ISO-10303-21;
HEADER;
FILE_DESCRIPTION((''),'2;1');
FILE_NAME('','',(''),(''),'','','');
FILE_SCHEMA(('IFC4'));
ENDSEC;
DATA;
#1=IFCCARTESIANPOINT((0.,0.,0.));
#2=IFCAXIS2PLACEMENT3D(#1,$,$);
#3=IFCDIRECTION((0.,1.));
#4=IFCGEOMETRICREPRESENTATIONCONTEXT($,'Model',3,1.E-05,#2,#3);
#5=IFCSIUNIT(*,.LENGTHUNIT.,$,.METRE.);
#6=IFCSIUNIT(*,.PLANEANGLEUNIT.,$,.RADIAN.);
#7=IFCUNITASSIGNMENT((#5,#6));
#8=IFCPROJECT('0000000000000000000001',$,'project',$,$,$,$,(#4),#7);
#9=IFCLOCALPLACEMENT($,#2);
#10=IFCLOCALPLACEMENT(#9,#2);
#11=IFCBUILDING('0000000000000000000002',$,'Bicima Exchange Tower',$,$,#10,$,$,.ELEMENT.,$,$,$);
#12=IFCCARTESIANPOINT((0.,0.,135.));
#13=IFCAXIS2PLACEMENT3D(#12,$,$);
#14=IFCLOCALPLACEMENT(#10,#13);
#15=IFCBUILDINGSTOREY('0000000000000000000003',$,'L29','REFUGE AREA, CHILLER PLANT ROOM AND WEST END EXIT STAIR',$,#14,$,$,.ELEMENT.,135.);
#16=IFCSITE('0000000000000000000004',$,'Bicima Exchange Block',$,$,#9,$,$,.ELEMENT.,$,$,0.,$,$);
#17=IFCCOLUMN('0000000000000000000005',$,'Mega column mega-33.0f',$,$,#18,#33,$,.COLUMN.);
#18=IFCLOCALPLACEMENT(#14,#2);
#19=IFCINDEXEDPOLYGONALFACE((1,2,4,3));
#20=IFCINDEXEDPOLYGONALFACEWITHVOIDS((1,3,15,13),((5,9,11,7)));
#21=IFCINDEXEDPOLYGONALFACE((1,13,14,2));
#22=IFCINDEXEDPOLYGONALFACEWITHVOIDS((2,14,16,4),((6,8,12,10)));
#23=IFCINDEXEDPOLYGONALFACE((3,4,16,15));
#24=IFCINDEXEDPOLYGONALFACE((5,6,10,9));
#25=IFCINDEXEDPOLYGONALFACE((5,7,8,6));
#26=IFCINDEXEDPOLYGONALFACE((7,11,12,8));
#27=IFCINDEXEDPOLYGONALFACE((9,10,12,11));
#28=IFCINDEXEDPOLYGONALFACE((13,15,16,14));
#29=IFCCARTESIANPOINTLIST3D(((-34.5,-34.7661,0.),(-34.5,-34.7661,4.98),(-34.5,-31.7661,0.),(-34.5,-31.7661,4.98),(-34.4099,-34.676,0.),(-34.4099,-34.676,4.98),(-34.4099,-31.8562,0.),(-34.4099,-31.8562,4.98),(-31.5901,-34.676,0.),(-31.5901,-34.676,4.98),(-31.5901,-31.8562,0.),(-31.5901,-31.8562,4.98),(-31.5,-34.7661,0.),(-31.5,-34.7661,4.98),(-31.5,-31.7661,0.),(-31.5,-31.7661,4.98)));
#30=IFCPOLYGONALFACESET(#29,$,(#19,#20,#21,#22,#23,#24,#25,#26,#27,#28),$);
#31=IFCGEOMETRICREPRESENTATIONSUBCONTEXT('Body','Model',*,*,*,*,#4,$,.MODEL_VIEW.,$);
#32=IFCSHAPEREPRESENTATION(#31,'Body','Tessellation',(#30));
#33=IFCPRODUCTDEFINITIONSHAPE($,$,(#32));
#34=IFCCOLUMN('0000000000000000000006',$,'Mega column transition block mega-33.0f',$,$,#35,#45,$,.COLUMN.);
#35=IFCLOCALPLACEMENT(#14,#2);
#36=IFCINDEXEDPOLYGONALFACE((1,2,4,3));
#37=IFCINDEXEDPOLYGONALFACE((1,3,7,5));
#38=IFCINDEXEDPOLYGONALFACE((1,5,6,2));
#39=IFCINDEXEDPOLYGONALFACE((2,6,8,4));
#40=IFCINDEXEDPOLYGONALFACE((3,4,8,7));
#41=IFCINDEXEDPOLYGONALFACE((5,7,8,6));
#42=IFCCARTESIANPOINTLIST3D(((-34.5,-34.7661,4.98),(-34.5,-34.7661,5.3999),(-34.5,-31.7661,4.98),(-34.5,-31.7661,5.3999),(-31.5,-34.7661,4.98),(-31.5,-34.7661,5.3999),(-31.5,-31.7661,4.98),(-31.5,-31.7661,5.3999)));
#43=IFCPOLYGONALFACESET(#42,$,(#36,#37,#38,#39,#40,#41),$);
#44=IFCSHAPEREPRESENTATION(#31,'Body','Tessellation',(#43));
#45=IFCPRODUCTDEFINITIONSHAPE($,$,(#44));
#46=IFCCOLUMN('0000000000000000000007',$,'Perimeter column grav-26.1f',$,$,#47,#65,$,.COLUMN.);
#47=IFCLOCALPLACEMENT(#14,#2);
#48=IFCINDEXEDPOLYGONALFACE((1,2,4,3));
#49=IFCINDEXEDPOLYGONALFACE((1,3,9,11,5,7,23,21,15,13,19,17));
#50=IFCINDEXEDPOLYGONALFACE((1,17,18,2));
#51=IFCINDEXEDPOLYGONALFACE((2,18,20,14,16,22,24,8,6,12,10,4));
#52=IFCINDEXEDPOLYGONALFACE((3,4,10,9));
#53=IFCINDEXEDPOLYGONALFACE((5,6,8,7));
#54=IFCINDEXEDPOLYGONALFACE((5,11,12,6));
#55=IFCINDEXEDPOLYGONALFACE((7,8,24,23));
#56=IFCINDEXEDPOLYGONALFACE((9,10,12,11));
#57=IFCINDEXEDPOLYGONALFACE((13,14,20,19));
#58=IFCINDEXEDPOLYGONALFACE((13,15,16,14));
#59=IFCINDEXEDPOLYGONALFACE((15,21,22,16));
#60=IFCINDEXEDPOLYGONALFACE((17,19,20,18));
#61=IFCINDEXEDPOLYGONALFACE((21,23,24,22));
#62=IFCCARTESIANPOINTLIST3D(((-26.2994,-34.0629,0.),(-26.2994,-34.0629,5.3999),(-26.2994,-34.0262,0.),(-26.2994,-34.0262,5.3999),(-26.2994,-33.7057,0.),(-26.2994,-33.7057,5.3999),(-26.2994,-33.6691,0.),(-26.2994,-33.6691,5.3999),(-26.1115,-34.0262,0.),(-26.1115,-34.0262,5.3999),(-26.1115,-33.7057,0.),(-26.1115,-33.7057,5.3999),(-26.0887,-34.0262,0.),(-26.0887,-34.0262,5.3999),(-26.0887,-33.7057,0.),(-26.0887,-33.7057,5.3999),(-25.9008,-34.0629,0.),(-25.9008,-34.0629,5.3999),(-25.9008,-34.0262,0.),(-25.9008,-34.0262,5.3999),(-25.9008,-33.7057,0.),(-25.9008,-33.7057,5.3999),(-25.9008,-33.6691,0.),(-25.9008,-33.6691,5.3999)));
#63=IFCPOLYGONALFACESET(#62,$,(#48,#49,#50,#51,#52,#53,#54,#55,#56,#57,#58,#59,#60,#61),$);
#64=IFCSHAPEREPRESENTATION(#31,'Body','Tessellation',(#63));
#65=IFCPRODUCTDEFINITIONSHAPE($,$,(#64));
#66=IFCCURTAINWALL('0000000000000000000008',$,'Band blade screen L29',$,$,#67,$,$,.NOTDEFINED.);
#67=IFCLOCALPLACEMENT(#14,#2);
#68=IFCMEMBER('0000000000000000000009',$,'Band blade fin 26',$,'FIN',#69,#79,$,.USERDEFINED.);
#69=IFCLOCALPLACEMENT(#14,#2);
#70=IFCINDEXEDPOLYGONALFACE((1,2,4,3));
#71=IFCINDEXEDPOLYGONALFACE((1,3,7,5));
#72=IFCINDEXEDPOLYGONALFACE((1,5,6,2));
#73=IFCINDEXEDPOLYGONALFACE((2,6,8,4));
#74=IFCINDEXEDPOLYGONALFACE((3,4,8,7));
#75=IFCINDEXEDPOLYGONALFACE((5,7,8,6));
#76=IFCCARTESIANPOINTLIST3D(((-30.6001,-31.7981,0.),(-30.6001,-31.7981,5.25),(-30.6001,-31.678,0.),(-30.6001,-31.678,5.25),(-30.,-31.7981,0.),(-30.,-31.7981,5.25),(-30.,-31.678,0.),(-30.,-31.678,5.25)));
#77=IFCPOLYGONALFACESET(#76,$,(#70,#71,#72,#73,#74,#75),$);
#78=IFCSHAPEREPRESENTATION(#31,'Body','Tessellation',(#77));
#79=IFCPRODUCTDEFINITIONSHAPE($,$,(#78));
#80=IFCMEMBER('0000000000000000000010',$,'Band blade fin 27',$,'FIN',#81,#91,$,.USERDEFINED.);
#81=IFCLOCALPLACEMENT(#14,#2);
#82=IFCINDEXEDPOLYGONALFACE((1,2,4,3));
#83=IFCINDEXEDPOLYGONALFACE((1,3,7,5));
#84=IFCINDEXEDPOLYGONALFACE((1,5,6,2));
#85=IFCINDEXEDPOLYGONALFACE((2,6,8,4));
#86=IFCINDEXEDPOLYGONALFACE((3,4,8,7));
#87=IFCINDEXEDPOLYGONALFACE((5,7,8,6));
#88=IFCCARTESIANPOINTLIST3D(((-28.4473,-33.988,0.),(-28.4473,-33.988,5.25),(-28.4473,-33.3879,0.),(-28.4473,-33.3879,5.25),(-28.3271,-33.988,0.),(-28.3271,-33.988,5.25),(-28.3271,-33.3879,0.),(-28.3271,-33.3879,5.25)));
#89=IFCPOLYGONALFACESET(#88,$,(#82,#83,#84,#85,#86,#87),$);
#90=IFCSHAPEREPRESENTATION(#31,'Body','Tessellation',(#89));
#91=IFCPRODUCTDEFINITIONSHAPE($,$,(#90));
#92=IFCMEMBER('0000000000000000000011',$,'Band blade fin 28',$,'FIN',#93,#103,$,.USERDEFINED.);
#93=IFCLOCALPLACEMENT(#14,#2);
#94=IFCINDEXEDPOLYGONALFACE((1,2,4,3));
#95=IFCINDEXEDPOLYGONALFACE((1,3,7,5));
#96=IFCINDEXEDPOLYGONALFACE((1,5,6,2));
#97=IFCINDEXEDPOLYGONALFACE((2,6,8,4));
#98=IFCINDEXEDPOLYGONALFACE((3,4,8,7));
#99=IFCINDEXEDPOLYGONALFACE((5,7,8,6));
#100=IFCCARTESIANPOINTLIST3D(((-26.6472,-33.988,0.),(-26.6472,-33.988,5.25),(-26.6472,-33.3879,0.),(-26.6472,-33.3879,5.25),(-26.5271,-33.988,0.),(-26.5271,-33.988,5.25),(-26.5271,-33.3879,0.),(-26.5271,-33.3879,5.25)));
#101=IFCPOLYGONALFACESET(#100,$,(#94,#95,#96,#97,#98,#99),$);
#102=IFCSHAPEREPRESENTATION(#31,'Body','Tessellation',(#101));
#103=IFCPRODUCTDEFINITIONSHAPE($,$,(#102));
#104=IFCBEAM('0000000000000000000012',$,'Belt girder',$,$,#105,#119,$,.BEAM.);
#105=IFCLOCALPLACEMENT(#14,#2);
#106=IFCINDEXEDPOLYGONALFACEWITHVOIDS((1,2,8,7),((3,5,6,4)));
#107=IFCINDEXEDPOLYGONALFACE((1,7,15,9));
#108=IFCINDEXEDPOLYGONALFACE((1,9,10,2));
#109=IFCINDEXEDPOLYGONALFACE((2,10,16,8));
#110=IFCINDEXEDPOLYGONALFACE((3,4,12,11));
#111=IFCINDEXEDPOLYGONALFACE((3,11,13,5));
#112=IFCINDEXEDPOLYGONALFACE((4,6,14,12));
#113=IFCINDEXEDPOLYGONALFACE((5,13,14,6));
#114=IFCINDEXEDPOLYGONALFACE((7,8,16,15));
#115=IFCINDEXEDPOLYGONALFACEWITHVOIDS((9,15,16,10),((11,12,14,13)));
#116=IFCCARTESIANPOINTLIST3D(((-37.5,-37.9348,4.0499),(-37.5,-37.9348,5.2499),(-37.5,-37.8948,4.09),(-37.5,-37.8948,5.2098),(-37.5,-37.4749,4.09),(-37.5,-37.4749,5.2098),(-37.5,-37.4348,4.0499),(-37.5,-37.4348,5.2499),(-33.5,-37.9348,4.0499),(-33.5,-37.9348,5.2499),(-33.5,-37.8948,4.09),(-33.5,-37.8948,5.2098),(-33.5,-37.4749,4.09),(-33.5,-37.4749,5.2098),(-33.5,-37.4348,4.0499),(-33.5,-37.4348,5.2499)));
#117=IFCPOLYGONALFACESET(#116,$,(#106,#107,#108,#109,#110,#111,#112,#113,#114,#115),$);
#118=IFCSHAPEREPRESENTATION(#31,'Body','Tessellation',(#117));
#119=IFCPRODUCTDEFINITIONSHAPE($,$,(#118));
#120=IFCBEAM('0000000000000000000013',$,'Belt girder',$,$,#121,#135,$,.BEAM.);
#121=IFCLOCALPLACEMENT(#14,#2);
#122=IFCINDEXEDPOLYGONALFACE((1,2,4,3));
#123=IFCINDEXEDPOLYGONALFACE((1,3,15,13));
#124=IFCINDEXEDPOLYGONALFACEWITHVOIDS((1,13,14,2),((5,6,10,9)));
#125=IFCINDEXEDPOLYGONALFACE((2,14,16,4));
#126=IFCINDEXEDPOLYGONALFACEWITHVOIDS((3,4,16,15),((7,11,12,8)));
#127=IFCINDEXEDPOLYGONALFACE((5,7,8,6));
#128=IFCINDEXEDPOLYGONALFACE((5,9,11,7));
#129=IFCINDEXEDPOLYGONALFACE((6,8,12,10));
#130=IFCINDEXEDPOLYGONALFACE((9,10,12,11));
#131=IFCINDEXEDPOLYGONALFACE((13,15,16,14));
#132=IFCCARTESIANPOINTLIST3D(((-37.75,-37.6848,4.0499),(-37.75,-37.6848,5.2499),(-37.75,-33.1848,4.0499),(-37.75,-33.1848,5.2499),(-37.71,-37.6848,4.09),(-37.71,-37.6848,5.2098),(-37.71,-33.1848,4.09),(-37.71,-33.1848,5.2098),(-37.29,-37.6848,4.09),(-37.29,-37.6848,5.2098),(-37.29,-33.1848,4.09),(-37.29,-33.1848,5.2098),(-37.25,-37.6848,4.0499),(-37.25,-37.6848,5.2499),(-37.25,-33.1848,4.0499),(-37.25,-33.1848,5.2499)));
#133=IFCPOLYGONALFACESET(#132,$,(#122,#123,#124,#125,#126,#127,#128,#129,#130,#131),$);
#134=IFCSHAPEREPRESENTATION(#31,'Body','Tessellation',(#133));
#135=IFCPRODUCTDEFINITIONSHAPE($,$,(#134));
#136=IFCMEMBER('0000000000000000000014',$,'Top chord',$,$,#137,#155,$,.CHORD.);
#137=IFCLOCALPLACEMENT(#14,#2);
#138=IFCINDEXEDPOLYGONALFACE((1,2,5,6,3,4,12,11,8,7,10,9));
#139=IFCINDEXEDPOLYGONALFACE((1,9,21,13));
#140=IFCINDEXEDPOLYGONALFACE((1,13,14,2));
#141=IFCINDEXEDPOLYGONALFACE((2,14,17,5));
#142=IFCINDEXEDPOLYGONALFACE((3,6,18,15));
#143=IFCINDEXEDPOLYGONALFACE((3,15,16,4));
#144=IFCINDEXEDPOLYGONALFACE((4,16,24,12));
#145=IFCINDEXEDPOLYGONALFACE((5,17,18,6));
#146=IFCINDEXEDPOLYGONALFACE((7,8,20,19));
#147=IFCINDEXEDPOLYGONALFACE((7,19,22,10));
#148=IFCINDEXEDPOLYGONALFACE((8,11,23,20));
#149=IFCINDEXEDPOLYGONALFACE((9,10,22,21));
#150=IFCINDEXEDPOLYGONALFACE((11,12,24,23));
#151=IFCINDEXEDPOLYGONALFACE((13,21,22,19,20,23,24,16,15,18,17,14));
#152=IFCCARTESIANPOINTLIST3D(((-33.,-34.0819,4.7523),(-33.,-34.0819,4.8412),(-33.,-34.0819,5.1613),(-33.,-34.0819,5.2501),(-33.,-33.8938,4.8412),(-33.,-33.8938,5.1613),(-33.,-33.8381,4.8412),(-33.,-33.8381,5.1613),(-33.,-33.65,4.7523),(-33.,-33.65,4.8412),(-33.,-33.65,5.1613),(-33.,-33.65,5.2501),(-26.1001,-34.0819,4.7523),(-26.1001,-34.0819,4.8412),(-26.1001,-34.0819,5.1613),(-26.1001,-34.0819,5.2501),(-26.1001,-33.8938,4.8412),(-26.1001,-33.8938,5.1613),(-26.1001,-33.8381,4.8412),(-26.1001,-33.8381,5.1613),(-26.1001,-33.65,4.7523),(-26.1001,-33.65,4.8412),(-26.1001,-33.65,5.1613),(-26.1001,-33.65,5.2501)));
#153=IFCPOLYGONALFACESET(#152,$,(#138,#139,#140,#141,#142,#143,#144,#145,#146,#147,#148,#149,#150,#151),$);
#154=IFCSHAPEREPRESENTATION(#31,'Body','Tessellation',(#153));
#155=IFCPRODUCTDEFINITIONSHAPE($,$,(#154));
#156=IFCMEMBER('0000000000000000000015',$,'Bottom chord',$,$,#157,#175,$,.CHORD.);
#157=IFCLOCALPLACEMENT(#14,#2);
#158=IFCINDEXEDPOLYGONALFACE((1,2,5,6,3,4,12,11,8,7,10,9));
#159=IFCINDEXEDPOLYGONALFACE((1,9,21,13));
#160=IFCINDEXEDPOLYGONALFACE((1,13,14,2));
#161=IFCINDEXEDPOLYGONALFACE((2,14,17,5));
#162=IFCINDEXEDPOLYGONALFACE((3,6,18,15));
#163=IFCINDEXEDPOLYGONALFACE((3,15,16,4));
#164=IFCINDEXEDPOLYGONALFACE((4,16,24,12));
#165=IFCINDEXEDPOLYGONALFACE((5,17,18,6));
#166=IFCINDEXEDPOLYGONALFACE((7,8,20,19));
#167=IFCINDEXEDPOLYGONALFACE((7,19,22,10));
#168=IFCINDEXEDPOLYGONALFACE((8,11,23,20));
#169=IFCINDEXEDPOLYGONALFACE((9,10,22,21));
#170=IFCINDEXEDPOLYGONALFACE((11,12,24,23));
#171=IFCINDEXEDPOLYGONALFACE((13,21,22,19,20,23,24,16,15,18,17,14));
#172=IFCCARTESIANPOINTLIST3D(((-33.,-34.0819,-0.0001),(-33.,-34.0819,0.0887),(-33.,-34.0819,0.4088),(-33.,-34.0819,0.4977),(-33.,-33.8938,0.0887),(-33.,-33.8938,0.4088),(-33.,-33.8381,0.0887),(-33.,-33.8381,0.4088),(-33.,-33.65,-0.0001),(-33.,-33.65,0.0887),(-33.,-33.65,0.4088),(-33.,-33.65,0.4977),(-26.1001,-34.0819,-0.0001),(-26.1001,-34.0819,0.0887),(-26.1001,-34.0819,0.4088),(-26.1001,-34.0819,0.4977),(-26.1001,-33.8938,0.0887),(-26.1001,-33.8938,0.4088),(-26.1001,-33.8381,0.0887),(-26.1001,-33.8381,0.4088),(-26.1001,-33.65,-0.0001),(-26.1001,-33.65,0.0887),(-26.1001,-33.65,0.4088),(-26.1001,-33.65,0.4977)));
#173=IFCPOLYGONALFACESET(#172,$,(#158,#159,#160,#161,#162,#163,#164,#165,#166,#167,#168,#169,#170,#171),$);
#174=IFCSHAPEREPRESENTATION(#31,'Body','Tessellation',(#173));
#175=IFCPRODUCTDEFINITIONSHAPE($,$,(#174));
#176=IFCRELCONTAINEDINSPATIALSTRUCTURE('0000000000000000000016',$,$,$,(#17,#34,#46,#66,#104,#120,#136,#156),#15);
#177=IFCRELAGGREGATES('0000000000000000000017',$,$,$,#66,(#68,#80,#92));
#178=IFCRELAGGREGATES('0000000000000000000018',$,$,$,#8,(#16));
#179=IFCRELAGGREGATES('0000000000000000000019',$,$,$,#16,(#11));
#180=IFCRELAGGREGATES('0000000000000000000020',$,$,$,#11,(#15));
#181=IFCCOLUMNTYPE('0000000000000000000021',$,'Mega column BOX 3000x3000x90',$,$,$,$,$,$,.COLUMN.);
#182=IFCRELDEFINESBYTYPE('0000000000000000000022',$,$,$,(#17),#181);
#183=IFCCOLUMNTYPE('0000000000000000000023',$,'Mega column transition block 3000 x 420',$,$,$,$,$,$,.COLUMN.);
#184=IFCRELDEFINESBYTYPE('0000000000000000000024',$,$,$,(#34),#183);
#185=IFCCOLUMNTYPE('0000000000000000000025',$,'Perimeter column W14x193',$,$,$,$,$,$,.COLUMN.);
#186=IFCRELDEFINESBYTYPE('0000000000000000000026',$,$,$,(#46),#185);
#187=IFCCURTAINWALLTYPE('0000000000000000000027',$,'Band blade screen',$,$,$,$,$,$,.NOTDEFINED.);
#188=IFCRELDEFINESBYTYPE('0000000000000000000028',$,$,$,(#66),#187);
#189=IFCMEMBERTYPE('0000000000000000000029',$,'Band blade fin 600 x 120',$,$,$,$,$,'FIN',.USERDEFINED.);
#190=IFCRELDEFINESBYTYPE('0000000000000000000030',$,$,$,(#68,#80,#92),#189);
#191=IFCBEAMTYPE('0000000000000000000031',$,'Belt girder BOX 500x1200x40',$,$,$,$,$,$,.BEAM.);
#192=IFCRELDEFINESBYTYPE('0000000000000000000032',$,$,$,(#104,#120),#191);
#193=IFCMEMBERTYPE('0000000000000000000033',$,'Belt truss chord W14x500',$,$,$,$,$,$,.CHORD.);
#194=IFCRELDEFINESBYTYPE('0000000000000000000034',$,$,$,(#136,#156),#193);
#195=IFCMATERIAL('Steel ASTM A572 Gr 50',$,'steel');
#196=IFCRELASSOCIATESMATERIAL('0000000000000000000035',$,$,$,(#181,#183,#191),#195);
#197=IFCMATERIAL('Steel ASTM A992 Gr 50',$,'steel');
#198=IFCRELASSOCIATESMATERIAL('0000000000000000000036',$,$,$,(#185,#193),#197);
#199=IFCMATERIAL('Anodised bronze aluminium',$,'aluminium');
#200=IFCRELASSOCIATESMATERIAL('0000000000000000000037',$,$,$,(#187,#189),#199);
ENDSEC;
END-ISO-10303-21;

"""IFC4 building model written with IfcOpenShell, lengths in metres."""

from ifc_helpers import new_model, si_unit, direction, frame, origin, origin_2d, place, context, subcontext, project, spatial, rectangle, hollow_rectangle, i_section, extrude, material, material_profile, profile_set, type_object, element, aggregate, save


model = new_model("IFC4")

# Units and contexts
model_context = context("Model", 3, precision=1e-05, world=origin(), true_north=direction((0.0, 1.0)))
body_context = subcontext(model_context, "Body", "Model", "MODEL_VIEW")
ifc_project = project(units=[si_unit("LENGTHUNIT", "METRE"), si_unit("PLANEANGLEUNIT", "RADIAN")], contexts=[model_context])

# Site, building, storey
site_placement = place(None, origin())
site = spatial("IfcSite", under=ifc_project, at=site_placement, Name="Bicima Exchange Block", CompositionType="ELEMENT", RefElevation=0.0)
building_placement = place(site_placement, origin())
building = spatial("IfcBuilding", under=site, at=building_placement, Name="Bicima Exchange Tower", CompositionType="ELEMENT")
storey_placement = place(building_placement, frame((0.0, 0.0, 135.0)))
storey = spatial("IfcBuildingStorey", under=building, at=storey_placement, Name="L29", Description="REFUGE AREA, CHILLER PLANT ROOM AND WEST END EXIT STAIR", CompositionType="ELEMENT", Elevation=135.0)

# Columns
ifc_material_1 = material(Name="Steel ASTM A572 Gr 50", Category="steel")
ifc_material_profile_1 = material_profile(ifc_material_1, hollow_rectangle(XDim=3.0, YDim=3.0, WallThickness=0.0901, at=origin_2d()))
ifc_profile_set_1 = profile_set([ifc_material_profile_1], Name="Steel ASTM A572 Gr 50")
column_type_1 = type_object("IfcColumnType", Name="Mega column BOX 3000x3000x90", PredefinedType="COLUMN", material=ifc_profile_set_1)
column_1_placement = place(storey_placement, frame((-33.0, -33.2661, 0.0), z_axis=(0.0, 0.0, 1.0), x_axis=(1.0, 0.0, 0.0)))
element("IfcColumn", 1, at=column_1_placement, inside=storey, type_object=column_type_1, Name="Mega column mega-33.0f", PredefinedType="COLUMN", context=body_context, shape_type="SweptSolid", body=[
    extrude(hollow_rectangle(XDim=3.0, YDim=3.0, WallThickness=0.0901, at=origin_2d()), origin(), (0.0, 0.0, 1.0), 4.98),
])
ifc_material_profile_2 = material_profile(ifc_material_1, rectangle(XDim=3.0, YDim=3.0, at=origin_2d()))
ifc_profile_set_2 = profile_set([ifc_material_profile_2], Name="Steel ASTM A572 Gr 50")
column_type_2 = type_object("IfcColumnType", Name="Mega column transition block 3000 x 420", PredefinedType="COLUMN", material=ifc_profile_set_2)
column_2_placement = place(storey_placement, frame((-33.0, -33.2661, 4.98), z_axis=(0.0, 0.0, 1.0), x_axis=(1.0, 0.0, 0.0)))
element("IfcColumn", 2, at=column_2_placement, inside=storey, type_object=column_type_2, Name="Mega column transition block mega-33.0f", PredefinedType="COLUMN", context=body_context, shape_type="SweptSolid", body=[
    extrude(rectangle(XDim=3.0, YDim=3.0, at=origin_2d()), origin(), (0.0, 0.0, 1.0), 0.4199),
])
ifc_material_2 = material(Name="Steel ASTM A992 Gr 50", Category="steel")
ifc_material_profile_3 = material_profile(ifc_material_2, i_section(OverallWidth=0.3987, OverallDepth=0.3938, WebThickness=0.0227, FlangeThickness=0.0366, at=origin_2d()))
ifc_profile_set_3 = profile_set([ifc_material_profile_3], Name="Steel ASTM A992 Gr 50")
column_type_3 = type_object("IfcColumnType", Name="Perimeter column W14x193", PredefinedType="COLUMN", material=ifc_profile_set_3)
column_3_placement = place(storey_placement, frame((-26.1001, -33.866, 0.0), z_axis=(0.0, 0.0, 1.0), x_axis=(1.0, 0.0, 0.0)))
element("IfcColumn", 3, at=column_3_placement, inside=storey, type_object=column_type_3, Name="Perimeter column grav-26.1f", PredefinedType="COLUMN", context=body_context, shape_type="SweptSolid", body=[
    extrude(i_section(OverallWidth=0.3987, OverallDepth=0.3938, WebThickness=0.0227, FlangeThickness=0.0366, at=origin_2d()), origin(), (0.0, 0.0, 1.0), 5.3999),
])

# Curtain wall, members
ifc_material_3 = material(Name="Anodised bronze aluminium", Category="aluminium")
curtain_wall_type = type_object("IfcCurtainWallType", Name="Band blade screen", PredefinedType="NOTDEFINED", material=ifc_material_3)
curtain_wall_placement = place(storey_placement, origin())
curtain_wall = element("IfcCurtainWall", 4, at=curtain_wall_placement, inside=storey, type_object=curtain_wall_type, Name="Band blade screen L29", PredefinedType="NOTDEFINED")
ifc_material_profile_4 = material_profile(ifc_material_3, rectangle(XDim=0.6001, YDim=0.1201, at=origin_2d()))
ifc_profile_set_4 = profile_set([ifc_material_profile_4], Name="Anodised bronze aluminium")
member_type_1 = type_object("IfcMemberType", Name="Band blade fin 600 x 120", ElementType="FIN", PredefinedType="USERDEFINED", material=ifc_profile_set_4)
member_1_placement = place(storey_placement, frame((-30.3, -31.738, 0.0), z_axis=(0.0, 0.0, 1.0), x_axis=(1.0, 0.0, 0.0)))
member_1 = element("IfcMember", 5, at=member_1_placement, type_object=member_type_1, Name="Band blade fin 26", ObjectType="FIN", PredefinedType="USERDEFINED", context=body_context, shape_type="SweptSolid", body=[
    extrude(rectangle(XDim=0.6001, YDim=0.1201, at=origin_2d()), origin(), (0.0, 0.0, 1.0), 5.25),
])
member_2_placement = place(storey_placement, frame((-28.3872, -33.688, 0.0), z_axis=(0.0, 0.0, 1.0), x_axis=(0.0, 1.0, 0.0)))
member_2 = element("IfcMember", 6, at=member_2_placement, type_object=member_type_1, Name="Band blade fin 27", ObjectType="FIN", PredefinedType="USERDEFINED", context=body_context, shape_type="SweptSolid", body=[
    extrude(rectangle(XDim=0.6001, YDim=0.1201, at=origin_2d()), origin(), (0.0, 0.0, 1.0), 5.25),
])
member_3_placement = place(storey_placement, frame((-26.5872, -33.688, 0.0), z_axis=(0.0, 0.0, 1.0), x_axis=(0.0, 1.0, 0.0)))
member_3 = element("IfcMember", 7, at=member_3_placement, type_object=member_type_1, Name="Band blade fin 28", ObjectType="FIN", PredefinedType="USERDEFINED", context=body_context, shape_type="SweptSolid", body=[
    extrude(rectangle(XDim=0.6001, YDim=0.1201, at=origin_2d()), origin(), (0.0, 0.0, 1.0), 5.25),
])
aggregate(curtain_wall, [member_1, member_2, member_3])

# Beams
ifc_material_profile_5 = material_profile(ifc_material_1, hollow_rectangle(XDim=0.5, YDim=1.2, WallThickness=0.04, at=origin_2d()))
ifc_profile_set_5 = profile_set([ifc_material_profile_5], Name="Steel ASTM A572 Gr 50")
beam_type_1 = type_object("IfcBeamType", Name="Belt girder BOX 500x1200x40", PredefinedType="BEAM", material=ifc_profile_set_5)
beam_1_placement = place(storey_placement, frame((-37.5, -37.6848, 4.6499), z_axis=(1.0, 0.0, 0.0), x_axis=(0.0, 1.0, 0.0)))
element("IfcBeam", 8, at=beam_1_placement, inside=storey, type_object=beam_type_1, Name="Belt girder", PredefinedType="BEAM", context=body_context, shape_type="SweptSolid", body=[
    extrude(hollow_rectangle(XDim=0.5, YDim=1.2, WallThickness=0.04, at=origin_2d()), origin(), (0.0, 0.0, 1.0), 4.0),
])
beam_2_placement = place(storey_placement, frame((-37.5, -33.1848, 4.6499), z_axis=(0.0, -1.0, 0.0), x_axis=(1.0, 0.0, 0.0)))
element("IfcBeam", 9, at=beam_2_placement, inside=storey, type_object=beam_type_1, Name="Belt girder", PredefinedType="BEAM", context=body_context, shape_type="SweptSolid", body=[
    extrude(hollow_rectangle(XDim=0.5, YDim=1.2, WallThickness=0.04, at=origin_2d()), origin(), (0.0, 0.0, 1.0), 4.5),
])

# Members
ifc_material_profile_6 = material_profile(ifc_material_2, i_section(OverallWidth=0.4319, OverallDepth=0.4978, WebThickness=0.0557, FlangeThickness=0.0889, at=origin_2d()))
ifc_profile_set_6 = profile_set([ifc_material_profile_6], Name="Steel ASTM A992 Gr 50")
member_type_2 = type_object("IfcMemberType", Name="Belt truss chord W14x500", PredefinedType="CHORD", material=ifc_profile_set_6)
for number, where, z_axis, x_axis, name in (
    (10, (-33.0, -33.866, 5.0012), (1.0, 0.0, 0.0), (0.0, 1.0, 0.0), "Top chord"),
    (11, (-33.0, -33.866, 0.2488), (1.0, 0.0, 0.0), (0.0, 1.0, 0.0), "Bottom chord"),
):
    element("IfcMember", number, at=place(storey_placement, frame(where, z_axis=z_axis, x_axis=x_axis)), inside=storey, type_object=member_type_2, Name=name, PredefinedType="CHORD", context=body_context, shape_type="SweptSolid", body=[
        extrude(i_section(OverallWidth=0.4319, OverallDepth=0.4978, WebThickness=0.0557, FlangeThickness=0.0889, at=origin_2d()), origin(), (0.0, 0.0, 1.0), 6.8999),
    ])

save(model, "model.ifc")
